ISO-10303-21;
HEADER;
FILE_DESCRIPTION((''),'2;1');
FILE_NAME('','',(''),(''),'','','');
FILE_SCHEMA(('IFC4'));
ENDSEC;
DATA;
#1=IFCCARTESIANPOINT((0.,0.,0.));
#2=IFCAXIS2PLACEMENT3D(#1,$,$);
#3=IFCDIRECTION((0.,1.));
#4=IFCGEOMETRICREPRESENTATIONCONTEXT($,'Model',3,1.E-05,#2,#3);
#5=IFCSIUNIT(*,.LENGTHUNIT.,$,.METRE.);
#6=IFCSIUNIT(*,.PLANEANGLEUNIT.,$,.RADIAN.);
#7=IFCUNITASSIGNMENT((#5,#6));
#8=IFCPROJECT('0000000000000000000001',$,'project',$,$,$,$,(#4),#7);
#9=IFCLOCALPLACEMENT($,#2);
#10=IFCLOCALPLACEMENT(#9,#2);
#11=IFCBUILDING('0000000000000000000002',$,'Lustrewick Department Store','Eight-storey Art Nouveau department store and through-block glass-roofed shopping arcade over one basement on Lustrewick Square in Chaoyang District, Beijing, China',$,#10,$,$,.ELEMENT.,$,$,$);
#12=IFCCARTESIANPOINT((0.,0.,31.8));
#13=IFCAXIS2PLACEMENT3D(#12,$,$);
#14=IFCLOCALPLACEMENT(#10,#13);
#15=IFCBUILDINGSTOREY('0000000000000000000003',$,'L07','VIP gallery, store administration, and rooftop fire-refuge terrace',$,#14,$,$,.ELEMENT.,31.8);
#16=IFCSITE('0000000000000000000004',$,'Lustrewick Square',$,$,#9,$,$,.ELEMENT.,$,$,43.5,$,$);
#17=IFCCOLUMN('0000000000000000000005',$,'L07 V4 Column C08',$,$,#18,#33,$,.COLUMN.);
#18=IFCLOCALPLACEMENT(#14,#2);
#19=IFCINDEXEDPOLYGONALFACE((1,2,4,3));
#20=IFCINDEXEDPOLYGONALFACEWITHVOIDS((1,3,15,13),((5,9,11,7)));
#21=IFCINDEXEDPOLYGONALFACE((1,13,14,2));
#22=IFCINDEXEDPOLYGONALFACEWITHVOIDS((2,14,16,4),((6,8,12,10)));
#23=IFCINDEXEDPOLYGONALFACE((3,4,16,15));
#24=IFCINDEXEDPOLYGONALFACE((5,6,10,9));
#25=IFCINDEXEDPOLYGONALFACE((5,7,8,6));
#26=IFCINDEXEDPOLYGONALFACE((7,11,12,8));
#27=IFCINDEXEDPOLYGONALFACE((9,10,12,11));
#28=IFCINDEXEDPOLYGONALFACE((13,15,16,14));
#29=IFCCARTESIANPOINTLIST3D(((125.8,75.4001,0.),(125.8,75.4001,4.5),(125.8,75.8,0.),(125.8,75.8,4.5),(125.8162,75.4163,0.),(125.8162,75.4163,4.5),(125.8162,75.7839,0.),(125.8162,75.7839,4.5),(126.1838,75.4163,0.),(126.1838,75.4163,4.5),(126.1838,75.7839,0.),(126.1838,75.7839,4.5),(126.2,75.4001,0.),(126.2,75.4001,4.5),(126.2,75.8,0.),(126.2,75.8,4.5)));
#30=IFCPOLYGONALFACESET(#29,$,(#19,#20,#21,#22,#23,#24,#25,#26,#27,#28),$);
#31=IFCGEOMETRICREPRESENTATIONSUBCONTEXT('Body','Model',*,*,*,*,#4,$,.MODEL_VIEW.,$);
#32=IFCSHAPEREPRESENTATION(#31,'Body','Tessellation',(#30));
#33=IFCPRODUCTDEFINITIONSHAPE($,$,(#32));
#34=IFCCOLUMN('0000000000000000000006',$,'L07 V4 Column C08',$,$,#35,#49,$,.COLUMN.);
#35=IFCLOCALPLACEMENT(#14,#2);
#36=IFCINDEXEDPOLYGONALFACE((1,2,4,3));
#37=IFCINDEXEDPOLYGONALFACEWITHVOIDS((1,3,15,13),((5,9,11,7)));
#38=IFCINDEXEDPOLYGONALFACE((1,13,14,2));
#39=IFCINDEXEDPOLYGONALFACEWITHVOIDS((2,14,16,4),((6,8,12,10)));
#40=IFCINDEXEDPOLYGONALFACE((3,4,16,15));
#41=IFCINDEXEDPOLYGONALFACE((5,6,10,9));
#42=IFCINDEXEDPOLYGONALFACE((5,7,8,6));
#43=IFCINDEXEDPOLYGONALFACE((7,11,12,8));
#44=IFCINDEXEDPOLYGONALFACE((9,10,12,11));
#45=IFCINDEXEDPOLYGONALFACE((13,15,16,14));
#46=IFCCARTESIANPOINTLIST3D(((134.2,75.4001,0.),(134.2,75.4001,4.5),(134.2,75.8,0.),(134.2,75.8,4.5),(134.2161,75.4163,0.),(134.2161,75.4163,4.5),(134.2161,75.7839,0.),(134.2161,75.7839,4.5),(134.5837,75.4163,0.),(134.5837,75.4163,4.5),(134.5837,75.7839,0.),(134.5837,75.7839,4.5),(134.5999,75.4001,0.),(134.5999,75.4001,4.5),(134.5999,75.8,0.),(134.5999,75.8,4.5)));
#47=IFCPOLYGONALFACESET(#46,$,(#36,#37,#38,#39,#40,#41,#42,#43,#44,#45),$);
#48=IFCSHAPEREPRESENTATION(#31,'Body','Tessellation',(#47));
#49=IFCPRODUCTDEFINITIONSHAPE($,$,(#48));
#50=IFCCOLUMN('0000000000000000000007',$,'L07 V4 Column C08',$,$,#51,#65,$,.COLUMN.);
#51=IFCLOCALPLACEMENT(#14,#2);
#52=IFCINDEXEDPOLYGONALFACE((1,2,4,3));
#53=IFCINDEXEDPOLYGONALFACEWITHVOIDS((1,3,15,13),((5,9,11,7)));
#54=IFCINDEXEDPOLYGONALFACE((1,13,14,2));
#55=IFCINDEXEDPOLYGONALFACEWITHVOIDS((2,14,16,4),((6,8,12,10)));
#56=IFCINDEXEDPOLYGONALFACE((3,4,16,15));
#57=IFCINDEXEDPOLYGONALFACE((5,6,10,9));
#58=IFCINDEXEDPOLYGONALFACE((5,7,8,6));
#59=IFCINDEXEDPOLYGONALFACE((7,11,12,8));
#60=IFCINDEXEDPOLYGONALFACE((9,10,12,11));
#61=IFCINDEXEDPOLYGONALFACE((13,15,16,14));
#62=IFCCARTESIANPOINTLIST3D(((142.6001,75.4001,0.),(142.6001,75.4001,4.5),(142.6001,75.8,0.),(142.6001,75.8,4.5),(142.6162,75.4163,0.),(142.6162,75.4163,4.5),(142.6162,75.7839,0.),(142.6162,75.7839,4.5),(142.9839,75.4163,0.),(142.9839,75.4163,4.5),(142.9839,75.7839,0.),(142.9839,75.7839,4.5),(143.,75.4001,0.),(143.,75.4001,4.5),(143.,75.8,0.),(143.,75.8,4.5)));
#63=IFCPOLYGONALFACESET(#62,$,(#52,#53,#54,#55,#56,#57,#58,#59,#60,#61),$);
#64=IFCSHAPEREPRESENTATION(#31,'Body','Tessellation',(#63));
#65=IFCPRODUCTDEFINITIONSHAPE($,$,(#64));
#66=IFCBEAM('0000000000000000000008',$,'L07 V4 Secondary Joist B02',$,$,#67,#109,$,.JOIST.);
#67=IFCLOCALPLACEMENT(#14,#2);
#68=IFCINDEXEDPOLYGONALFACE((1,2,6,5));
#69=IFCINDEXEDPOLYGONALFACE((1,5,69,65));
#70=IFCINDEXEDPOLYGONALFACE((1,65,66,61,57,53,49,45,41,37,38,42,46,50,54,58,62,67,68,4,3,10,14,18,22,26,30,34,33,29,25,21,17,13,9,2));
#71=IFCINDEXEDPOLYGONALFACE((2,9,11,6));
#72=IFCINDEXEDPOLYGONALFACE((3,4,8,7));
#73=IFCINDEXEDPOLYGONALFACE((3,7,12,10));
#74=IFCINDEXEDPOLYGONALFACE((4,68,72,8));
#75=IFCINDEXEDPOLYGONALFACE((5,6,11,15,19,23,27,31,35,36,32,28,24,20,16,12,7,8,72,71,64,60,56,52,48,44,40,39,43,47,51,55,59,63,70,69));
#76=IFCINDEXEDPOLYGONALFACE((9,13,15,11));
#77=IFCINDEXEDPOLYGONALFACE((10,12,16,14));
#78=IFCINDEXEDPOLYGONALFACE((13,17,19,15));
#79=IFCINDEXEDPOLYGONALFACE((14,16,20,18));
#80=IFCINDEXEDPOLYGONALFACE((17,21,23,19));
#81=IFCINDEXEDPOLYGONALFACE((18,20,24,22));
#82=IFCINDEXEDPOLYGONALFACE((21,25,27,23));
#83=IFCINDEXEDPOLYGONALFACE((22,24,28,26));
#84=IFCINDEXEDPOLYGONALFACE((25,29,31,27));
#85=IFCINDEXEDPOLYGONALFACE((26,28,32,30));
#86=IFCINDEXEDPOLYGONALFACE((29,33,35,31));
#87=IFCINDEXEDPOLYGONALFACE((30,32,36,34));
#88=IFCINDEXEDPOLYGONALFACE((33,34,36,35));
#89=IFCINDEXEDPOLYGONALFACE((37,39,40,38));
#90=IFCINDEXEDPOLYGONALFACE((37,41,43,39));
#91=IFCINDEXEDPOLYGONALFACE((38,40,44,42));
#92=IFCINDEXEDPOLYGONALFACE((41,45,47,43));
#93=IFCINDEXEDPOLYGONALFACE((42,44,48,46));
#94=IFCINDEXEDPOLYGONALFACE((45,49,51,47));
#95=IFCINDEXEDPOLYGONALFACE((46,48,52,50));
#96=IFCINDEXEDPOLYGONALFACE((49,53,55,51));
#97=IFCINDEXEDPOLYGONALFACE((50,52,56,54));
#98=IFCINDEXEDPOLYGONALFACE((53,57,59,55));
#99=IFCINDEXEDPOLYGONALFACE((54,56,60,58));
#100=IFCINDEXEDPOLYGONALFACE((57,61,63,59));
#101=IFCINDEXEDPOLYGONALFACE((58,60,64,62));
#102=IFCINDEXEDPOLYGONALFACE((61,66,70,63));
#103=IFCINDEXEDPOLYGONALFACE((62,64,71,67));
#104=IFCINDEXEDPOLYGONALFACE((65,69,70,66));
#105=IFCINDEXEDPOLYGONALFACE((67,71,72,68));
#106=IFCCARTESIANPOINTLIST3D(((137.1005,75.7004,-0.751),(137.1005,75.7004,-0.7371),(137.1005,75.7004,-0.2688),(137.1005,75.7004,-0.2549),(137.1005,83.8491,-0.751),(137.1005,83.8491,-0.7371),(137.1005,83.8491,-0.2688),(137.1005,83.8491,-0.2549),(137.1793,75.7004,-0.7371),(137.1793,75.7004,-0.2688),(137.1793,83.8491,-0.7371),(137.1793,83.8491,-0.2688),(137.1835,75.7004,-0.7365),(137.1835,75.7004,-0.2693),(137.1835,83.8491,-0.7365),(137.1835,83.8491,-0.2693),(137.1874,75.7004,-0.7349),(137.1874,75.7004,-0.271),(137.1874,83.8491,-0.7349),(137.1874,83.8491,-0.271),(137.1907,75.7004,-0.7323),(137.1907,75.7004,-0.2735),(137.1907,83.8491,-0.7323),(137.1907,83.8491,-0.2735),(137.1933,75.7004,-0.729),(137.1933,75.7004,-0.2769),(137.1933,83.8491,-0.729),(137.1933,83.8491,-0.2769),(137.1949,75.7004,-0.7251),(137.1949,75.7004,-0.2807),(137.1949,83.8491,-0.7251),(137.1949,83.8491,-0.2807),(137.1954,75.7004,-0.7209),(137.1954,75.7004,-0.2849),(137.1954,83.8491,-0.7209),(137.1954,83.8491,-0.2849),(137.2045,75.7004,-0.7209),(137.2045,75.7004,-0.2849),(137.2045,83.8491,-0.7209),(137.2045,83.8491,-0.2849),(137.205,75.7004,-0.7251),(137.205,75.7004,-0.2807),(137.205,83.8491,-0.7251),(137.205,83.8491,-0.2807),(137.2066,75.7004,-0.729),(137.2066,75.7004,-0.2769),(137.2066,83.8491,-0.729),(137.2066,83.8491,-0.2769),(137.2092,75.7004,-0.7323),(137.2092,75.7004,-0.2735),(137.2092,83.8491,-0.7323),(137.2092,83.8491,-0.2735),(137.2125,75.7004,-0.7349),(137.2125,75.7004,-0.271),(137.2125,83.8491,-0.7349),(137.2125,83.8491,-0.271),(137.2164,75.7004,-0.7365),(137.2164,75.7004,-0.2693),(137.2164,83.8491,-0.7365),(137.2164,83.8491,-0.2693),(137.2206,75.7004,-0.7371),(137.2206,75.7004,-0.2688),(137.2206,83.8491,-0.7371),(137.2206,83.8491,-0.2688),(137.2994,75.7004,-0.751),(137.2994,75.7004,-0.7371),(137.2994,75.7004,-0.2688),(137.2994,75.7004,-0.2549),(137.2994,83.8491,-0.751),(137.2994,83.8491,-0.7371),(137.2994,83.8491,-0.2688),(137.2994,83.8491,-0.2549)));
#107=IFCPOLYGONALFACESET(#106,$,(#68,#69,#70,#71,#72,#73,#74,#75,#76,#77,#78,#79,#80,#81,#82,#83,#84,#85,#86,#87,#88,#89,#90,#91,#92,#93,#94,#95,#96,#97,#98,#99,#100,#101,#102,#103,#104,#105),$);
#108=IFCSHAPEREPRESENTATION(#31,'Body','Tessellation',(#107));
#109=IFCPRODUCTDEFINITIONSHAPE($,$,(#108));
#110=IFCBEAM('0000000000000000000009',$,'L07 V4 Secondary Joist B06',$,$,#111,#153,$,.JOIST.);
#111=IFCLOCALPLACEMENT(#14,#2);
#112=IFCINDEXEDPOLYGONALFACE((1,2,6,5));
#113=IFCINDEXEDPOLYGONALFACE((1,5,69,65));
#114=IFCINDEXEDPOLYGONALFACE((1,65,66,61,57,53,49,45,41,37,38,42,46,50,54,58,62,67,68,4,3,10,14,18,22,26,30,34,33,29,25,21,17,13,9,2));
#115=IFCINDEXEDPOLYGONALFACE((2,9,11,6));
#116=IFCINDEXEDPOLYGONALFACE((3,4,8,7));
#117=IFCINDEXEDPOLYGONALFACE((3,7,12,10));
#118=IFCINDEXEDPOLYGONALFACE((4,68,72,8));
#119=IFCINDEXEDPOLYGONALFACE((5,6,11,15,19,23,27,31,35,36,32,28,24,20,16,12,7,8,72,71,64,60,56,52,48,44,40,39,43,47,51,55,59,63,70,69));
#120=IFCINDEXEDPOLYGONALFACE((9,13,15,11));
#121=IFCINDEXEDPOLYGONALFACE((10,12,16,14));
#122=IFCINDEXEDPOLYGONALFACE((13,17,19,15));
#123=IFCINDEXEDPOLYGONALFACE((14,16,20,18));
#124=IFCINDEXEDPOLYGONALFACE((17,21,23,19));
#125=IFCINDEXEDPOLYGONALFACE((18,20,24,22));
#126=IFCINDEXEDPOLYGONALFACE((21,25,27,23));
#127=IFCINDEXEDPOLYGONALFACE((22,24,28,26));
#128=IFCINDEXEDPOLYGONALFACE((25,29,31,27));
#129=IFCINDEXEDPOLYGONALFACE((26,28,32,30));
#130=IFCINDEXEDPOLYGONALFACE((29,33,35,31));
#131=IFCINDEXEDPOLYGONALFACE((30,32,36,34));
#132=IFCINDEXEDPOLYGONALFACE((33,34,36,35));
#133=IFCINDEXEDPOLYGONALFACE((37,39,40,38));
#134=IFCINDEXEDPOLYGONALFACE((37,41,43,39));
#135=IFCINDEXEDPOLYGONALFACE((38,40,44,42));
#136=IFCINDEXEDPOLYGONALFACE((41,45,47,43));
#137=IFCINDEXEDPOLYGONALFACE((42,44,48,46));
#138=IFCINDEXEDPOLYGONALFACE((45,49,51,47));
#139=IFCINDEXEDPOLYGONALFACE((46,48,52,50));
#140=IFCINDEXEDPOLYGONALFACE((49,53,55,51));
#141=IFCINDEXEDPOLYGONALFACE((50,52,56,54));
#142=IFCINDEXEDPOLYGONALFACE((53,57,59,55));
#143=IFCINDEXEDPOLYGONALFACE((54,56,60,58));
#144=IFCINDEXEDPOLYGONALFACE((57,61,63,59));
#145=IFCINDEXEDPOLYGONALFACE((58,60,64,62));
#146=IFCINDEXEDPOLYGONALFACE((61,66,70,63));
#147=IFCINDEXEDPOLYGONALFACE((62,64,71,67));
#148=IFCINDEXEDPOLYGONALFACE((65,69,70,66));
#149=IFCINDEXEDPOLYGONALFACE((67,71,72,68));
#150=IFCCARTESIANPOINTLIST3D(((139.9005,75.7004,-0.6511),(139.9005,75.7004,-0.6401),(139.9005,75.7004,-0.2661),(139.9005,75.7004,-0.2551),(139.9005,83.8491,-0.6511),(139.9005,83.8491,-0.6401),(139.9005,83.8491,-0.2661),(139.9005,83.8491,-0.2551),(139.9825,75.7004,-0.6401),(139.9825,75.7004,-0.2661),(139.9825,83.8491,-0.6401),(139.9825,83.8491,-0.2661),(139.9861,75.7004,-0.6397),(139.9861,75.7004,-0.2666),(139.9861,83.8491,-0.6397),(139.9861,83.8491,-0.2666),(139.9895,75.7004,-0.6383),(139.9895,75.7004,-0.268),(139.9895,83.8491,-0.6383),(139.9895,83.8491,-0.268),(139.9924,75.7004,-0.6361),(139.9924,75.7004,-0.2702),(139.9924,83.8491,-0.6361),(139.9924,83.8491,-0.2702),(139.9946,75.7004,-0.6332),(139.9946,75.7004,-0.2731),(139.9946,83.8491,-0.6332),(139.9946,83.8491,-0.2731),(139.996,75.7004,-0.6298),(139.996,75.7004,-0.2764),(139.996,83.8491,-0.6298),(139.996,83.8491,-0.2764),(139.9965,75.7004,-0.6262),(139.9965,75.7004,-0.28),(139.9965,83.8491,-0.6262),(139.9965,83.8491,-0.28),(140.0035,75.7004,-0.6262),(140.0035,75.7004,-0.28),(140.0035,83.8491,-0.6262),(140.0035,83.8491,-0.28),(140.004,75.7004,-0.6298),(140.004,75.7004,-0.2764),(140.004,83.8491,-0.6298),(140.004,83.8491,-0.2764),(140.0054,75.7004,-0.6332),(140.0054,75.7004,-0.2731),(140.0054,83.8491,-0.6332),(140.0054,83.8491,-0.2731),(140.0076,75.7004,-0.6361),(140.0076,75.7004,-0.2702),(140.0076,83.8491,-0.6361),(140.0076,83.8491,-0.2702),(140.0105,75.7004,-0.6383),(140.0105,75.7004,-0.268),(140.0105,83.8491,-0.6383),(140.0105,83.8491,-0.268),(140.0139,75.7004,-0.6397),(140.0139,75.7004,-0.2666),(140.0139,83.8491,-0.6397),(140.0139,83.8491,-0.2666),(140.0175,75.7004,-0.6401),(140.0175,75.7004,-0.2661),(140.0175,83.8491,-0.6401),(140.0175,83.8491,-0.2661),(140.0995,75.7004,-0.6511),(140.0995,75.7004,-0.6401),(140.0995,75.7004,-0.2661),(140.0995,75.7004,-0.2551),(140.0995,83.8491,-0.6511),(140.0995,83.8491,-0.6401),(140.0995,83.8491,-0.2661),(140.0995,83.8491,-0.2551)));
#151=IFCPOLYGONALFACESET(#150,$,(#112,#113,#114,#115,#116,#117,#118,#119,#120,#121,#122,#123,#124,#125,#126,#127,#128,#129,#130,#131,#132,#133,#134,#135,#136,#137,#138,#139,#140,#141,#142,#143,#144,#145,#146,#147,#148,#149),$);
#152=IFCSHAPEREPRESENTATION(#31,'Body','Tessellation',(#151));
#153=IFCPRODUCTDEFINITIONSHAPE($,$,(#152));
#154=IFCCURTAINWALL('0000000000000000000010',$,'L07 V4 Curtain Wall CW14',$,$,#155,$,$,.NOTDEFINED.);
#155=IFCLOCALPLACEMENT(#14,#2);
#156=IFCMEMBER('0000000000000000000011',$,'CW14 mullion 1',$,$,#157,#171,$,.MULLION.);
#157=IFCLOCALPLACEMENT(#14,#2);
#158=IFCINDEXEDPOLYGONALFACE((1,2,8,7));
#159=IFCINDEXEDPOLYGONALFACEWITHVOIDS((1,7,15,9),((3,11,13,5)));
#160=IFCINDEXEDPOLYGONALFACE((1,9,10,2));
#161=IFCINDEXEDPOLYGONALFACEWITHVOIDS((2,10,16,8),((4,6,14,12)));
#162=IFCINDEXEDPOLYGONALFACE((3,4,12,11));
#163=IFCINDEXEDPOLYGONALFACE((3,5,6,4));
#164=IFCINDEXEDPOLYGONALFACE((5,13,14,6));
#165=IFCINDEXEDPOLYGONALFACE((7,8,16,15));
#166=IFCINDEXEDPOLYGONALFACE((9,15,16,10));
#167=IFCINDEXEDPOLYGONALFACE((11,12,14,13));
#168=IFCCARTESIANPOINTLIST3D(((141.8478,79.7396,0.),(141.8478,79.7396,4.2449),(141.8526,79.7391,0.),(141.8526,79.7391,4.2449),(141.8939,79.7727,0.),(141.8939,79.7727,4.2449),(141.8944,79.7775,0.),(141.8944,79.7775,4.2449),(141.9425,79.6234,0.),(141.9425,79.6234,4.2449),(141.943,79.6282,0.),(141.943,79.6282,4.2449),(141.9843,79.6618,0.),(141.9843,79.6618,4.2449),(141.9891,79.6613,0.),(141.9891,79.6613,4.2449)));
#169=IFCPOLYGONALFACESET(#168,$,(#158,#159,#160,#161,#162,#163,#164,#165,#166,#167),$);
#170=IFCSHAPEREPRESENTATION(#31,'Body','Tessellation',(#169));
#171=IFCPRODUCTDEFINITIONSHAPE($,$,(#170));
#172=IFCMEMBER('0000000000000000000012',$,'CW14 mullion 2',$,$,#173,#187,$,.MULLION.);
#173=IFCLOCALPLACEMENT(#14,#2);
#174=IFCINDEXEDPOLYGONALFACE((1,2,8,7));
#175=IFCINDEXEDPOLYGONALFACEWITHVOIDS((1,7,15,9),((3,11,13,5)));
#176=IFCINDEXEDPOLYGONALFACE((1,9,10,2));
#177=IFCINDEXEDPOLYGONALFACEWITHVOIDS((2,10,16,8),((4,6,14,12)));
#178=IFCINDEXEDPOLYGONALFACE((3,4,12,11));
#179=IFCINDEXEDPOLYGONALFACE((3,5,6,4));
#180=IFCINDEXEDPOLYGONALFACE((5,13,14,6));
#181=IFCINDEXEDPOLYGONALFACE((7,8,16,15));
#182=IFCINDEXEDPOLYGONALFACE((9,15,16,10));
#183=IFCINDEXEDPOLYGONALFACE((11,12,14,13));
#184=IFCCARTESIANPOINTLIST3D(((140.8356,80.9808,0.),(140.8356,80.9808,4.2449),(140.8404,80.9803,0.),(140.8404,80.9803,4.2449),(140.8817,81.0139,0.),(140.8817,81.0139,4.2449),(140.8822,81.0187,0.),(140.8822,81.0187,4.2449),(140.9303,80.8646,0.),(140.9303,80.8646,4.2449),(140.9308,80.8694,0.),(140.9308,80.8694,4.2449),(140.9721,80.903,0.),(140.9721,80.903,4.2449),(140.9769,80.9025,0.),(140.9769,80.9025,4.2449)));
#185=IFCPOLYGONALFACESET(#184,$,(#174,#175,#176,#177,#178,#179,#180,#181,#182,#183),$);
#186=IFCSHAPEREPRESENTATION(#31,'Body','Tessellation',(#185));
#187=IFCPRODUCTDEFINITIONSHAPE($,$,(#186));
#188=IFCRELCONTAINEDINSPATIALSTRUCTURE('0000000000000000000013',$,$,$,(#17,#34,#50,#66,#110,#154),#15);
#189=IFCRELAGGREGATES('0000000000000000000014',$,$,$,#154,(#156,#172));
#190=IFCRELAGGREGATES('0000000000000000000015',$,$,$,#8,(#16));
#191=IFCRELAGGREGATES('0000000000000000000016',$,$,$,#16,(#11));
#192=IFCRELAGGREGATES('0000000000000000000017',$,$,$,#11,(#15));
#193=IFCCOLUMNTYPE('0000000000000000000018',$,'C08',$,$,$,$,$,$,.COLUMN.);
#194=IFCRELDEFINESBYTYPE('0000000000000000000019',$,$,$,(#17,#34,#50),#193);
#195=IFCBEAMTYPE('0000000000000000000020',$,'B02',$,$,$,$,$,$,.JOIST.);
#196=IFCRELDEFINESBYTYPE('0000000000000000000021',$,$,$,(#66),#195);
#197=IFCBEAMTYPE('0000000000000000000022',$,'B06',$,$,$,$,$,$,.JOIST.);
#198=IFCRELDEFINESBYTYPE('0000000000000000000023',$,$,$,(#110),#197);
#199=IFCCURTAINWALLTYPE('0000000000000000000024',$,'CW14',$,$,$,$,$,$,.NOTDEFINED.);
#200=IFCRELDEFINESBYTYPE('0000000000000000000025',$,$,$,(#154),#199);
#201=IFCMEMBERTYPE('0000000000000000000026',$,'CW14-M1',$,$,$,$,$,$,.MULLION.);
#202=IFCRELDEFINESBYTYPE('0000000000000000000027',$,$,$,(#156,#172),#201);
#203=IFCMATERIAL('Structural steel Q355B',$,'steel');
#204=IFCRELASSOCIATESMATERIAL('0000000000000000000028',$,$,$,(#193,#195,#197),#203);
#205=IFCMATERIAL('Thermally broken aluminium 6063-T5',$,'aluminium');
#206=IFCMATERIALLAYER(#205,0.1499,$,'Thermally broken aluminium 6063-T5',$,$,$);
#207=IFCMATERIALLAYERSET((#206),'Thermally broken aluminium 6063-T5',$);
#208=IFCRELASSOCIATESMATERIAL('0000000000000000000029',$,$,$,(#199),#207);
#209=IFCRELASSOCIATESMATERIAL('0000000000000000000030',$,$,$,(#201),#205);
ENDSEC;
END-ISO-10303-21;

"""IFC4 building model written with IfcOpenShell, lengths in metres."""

from ifc_helpers import new_model, si_unit, direction, frame, origin, origin_2d, place, context, subcontext, project, spatial, hollow_rectangle, i_section, extrude, material, layer, layer_set, material_profile, profile_set, type_object, element, aggregate, save


model = new_model("IFC4")

# Units and contexts
model_context = context("Model", 3, precision=1e-05, world=origin(), true_north=direction((0.0, 1.0)))
body_context = subcontext(model_context, "Body", "Model", "MODEL_VIEW")
ifc_project = project(units=[si_unit("LENGTHUNIT", "METRE"), si_unit("PLANEANGLEUNIT", "RADIAN")], contexts=[model_context])

# Site, building, storey
site_placement = place(None, origin())
site = spatial("IfcSite", under=ifc_project, at=site_placement, Name="Lustrewick Square", CompositionType="ELEMENT", RefElevation=43.5)
building_placement = place(site_placement, origin())
building = spatial("IfcBuilding", under=site, at=building_placement, Name="Lustrewick Department Store", Description="Eight-storey Art Nouveau department store and through-block glass-roofed shopping arcade over one basement on Lustrewick Square in Chaoyang District, Beijing, China", CompositionType="ELEMENT")
storey_placement = place(building_placement, frame((0.0, 0.0, 31.8)))
storey = spatial("IfcBuildingStorey", under=building, at=storey_placement, Name="L07", Description="VIP gallery, store administration, and rooftop fire-refuge terrace", CompositionType="ELEMENT", Elevation=31.8)

# Columns
ifc_material_1 = material(Name="Structural steel Q355B", Category="steel")
ifc_material_profile_1 = material_profile(ifc_material_1, hollow_rectangle(XDim=0.3999, YDim=0.3999, WallThickness=0.0161, at=origin_2d()), Name="BOX 400x400x16")
ifc_profile_set_1 = profile_set([ifc_material_profile_1], Name="Structural steel Q355B")
column_type = type_object("IfcColumnType", Name="C08", PredefinedType="COLUMN", material=ifc_profile_set_1)
for number, where, z_axis, x_axis, name in (
    (1, (126.0, 75.6001, 0.0), (0.0, 0.0, 1.0), (1.0, 0.0, 0.0), "L07 V4 Column C08"),
    (2, (134.3999, 75.6001, 0.0), (0.0, 0.0, 1.0), (1.0, 0.0, 0.0), "L07 V4 Column C08"),
    (3, (142.8, 75.6001, 0.0), (0.0, 0.0, 1.0), (1.0, 0.0, 0.0), "L07 V4 Column C08"),
):
    element("IfcColumn", number, at=place(storey_placement, frame(where, z_axis=z_axis, x_axis=x_axis)), inside=storey, type_object=column_type, Name=name, PredefinedType="COLUMN", context=body_context, shape_type="SweptSolid", body=[
        extrude(hollow_rectangle(XDim=0.3999, YDim=0.3999, WallThickness=0.0161, at=origin_2d()), origin(), (0.0, 0.0, 1.0), 4.5),
    ])

# Beams
ifc_material_profile_2 = material_profile(ifc_material_1, i_section(OverallWidth=0.199, OverallDepth=0.4961, WebThickness=0.009, FlangeThickness=0.0139, FilletRadius=0.0161, at=origin_2d()), Name="HN 496x199x9x14")
ifc_profile_set_2 = profile_set([ifc_material_profile_2], Name="Structural steel Q355B")
beam_type_1 = type_object("IfcBeamType", Name="B02", PredefinedType="JOIST", material=ifc_profile_set_2)
beam_1_placement = place(storey_placement, frame((137.2, 75.7004, -0.5029), z_axis=(0.0, 1.0, 0.0), x_axis=(-1.0, 0.0, 0.0)))
element("IfcBeam", 4, at=beam_1_placement, inside=storey, type_object=beam_type_1, Name="L07 V4 Secondary Joist B02", PredefinedType="JOIST", context=body_context, shape_type="SweptSolid", body=[
    extrude(i_section(OverallWidth=0.199, OverallDepth=0.4961, WebThickness=0.009, FlangeThickness=0.0139, FilletRadius=0.0161, at=origin_2d()), origin(), (0.0, 0.0, 1.0), 8.1487),
])
ifc_material_profile_3 = material_profile(ifc_material_1, i_section(OverallWidth=0.199, OverallDepth=0.396, WebThickness=0.0071, FlangeThickness=0.011, FilletRadius=0.0139, at=origin_2d()), Name="HN 396x199x7x11")
ifc_profile_set_3 = profile_set([ifc_material_profile_3], Name="Structural steel Q355B")
beam_type_2 = type_object("IfcBeamType", Name="B06", PredefinedType="JOIST", material=ifc_profile_set_3)
beam_2_placement = place(storey_placement, frame((140.0, 75.7004, -0.4531), z_axis=(0.0, 1.0, 0.0), x_axis=(-1.0, 0.0, 0.0)))
element("IfcBeam", 5, at=beam_2_placement, inside=storey, type_object=beam_type_2, Name="L07 V4 Secondary Joist B06", PredefinedType="JOIST", context=body_context, shape_type="SweptSolid", body=[
    extrude(i_section(OverallWidth=0.199, OverallDepth=0.396, WebThickness=0.0071, FlangeThickness=0.011, FilletRadius=0.0139, at=origin_2d()), origin(), (0.0, 0.0, 1.0), 8.1487),
])

# Curtain wall, members
ifc_material_2 = material(Name="Thermally broken aluminium 6063-T5", Category="aluminium")
ifc_layer_1 = layer(ifc_material_2, 0.1499, Name="Thermally broken aluminium 6063-T5")
ifc_layer_set_1 = layer_set([ifc_layer_1], Name="Thermally broken aluminium 6063-T5")
curtain_wall_type = type_object("IfcCurtainWallType", Name="CW14", PredefinedType="NOTDEFINED", material=ifc_layer_set_1)
curtain_wall_placement = place(storey_placement, origin())
curtain_wall = element("IfcCurtainWall", 6, at=curtain_wall_placement, inside=storey, type_object=curtain_wall_type, Name="L07 V4 Curtain Wall CW14", PredefinedType="NOTDEFINED")
ifc_material_profile_4 = material_profile(ifc_material_2, hollow_rectangle(XDim=0.0601, YDim=0.1499, WallThickness=0.0034, at=origin_2d()), Name="ALU-M 60x150x3.5")
ifc_profile_set_4 = profile_set([ifc_material_profile_4], Name="Thermally broken aluminium 6063-T5")
member_type_1 = type_object("IfcMemberType", Name="CW14-M1", PredefinedType="MULLION", material=ifc_profile_set_4)
member_1_placement = place(storey_placement, frame((141.9185, 79.7004, 0.0), z_axis=(0.0, 0.0, 1.0), x_axis=(-0.775029, -0.631926, 0.0)))
member_1 = element("IfcMember", 7, at=member_1_placement, type_object=member_type_1, Name="CW14 mullion 1", PredefinedType="MULLION", context=body_context, shape_type="SweptSolid", body=[
    extrude(hollow_rectangle(XDim=0.0601, YDim=0.1499, WallThickness=0.0034, at=origin_2d()), origin(), (0.0, 0.0, 1.0), 4.2449),
])
member_2_placement = place(storey_placement, frame((140.9062, 80.9417, 0.0), z_axis=(0.0, 0.0, 1.0), x_axis=(-0.775029, -0.631926, 0.0)))
member_2 = element("IfcMember", 8, at=member_2_placement, type_object=member_type_1, Name="CW14 mullion 2", PredefinedType="MULLION", context=body_context, shape_type="SweptSolid", body=[
    extrude(hollow_rectangle(XDim=0.0601, YDim=0.1499, WallThickness=0.0034, at=origin_2d()), origin(), (0.0, 0.0, 1.0), 4.2449),
])

aggregate(curtain_wall, [member_1, member_2])

save(model, "model.ifc")
